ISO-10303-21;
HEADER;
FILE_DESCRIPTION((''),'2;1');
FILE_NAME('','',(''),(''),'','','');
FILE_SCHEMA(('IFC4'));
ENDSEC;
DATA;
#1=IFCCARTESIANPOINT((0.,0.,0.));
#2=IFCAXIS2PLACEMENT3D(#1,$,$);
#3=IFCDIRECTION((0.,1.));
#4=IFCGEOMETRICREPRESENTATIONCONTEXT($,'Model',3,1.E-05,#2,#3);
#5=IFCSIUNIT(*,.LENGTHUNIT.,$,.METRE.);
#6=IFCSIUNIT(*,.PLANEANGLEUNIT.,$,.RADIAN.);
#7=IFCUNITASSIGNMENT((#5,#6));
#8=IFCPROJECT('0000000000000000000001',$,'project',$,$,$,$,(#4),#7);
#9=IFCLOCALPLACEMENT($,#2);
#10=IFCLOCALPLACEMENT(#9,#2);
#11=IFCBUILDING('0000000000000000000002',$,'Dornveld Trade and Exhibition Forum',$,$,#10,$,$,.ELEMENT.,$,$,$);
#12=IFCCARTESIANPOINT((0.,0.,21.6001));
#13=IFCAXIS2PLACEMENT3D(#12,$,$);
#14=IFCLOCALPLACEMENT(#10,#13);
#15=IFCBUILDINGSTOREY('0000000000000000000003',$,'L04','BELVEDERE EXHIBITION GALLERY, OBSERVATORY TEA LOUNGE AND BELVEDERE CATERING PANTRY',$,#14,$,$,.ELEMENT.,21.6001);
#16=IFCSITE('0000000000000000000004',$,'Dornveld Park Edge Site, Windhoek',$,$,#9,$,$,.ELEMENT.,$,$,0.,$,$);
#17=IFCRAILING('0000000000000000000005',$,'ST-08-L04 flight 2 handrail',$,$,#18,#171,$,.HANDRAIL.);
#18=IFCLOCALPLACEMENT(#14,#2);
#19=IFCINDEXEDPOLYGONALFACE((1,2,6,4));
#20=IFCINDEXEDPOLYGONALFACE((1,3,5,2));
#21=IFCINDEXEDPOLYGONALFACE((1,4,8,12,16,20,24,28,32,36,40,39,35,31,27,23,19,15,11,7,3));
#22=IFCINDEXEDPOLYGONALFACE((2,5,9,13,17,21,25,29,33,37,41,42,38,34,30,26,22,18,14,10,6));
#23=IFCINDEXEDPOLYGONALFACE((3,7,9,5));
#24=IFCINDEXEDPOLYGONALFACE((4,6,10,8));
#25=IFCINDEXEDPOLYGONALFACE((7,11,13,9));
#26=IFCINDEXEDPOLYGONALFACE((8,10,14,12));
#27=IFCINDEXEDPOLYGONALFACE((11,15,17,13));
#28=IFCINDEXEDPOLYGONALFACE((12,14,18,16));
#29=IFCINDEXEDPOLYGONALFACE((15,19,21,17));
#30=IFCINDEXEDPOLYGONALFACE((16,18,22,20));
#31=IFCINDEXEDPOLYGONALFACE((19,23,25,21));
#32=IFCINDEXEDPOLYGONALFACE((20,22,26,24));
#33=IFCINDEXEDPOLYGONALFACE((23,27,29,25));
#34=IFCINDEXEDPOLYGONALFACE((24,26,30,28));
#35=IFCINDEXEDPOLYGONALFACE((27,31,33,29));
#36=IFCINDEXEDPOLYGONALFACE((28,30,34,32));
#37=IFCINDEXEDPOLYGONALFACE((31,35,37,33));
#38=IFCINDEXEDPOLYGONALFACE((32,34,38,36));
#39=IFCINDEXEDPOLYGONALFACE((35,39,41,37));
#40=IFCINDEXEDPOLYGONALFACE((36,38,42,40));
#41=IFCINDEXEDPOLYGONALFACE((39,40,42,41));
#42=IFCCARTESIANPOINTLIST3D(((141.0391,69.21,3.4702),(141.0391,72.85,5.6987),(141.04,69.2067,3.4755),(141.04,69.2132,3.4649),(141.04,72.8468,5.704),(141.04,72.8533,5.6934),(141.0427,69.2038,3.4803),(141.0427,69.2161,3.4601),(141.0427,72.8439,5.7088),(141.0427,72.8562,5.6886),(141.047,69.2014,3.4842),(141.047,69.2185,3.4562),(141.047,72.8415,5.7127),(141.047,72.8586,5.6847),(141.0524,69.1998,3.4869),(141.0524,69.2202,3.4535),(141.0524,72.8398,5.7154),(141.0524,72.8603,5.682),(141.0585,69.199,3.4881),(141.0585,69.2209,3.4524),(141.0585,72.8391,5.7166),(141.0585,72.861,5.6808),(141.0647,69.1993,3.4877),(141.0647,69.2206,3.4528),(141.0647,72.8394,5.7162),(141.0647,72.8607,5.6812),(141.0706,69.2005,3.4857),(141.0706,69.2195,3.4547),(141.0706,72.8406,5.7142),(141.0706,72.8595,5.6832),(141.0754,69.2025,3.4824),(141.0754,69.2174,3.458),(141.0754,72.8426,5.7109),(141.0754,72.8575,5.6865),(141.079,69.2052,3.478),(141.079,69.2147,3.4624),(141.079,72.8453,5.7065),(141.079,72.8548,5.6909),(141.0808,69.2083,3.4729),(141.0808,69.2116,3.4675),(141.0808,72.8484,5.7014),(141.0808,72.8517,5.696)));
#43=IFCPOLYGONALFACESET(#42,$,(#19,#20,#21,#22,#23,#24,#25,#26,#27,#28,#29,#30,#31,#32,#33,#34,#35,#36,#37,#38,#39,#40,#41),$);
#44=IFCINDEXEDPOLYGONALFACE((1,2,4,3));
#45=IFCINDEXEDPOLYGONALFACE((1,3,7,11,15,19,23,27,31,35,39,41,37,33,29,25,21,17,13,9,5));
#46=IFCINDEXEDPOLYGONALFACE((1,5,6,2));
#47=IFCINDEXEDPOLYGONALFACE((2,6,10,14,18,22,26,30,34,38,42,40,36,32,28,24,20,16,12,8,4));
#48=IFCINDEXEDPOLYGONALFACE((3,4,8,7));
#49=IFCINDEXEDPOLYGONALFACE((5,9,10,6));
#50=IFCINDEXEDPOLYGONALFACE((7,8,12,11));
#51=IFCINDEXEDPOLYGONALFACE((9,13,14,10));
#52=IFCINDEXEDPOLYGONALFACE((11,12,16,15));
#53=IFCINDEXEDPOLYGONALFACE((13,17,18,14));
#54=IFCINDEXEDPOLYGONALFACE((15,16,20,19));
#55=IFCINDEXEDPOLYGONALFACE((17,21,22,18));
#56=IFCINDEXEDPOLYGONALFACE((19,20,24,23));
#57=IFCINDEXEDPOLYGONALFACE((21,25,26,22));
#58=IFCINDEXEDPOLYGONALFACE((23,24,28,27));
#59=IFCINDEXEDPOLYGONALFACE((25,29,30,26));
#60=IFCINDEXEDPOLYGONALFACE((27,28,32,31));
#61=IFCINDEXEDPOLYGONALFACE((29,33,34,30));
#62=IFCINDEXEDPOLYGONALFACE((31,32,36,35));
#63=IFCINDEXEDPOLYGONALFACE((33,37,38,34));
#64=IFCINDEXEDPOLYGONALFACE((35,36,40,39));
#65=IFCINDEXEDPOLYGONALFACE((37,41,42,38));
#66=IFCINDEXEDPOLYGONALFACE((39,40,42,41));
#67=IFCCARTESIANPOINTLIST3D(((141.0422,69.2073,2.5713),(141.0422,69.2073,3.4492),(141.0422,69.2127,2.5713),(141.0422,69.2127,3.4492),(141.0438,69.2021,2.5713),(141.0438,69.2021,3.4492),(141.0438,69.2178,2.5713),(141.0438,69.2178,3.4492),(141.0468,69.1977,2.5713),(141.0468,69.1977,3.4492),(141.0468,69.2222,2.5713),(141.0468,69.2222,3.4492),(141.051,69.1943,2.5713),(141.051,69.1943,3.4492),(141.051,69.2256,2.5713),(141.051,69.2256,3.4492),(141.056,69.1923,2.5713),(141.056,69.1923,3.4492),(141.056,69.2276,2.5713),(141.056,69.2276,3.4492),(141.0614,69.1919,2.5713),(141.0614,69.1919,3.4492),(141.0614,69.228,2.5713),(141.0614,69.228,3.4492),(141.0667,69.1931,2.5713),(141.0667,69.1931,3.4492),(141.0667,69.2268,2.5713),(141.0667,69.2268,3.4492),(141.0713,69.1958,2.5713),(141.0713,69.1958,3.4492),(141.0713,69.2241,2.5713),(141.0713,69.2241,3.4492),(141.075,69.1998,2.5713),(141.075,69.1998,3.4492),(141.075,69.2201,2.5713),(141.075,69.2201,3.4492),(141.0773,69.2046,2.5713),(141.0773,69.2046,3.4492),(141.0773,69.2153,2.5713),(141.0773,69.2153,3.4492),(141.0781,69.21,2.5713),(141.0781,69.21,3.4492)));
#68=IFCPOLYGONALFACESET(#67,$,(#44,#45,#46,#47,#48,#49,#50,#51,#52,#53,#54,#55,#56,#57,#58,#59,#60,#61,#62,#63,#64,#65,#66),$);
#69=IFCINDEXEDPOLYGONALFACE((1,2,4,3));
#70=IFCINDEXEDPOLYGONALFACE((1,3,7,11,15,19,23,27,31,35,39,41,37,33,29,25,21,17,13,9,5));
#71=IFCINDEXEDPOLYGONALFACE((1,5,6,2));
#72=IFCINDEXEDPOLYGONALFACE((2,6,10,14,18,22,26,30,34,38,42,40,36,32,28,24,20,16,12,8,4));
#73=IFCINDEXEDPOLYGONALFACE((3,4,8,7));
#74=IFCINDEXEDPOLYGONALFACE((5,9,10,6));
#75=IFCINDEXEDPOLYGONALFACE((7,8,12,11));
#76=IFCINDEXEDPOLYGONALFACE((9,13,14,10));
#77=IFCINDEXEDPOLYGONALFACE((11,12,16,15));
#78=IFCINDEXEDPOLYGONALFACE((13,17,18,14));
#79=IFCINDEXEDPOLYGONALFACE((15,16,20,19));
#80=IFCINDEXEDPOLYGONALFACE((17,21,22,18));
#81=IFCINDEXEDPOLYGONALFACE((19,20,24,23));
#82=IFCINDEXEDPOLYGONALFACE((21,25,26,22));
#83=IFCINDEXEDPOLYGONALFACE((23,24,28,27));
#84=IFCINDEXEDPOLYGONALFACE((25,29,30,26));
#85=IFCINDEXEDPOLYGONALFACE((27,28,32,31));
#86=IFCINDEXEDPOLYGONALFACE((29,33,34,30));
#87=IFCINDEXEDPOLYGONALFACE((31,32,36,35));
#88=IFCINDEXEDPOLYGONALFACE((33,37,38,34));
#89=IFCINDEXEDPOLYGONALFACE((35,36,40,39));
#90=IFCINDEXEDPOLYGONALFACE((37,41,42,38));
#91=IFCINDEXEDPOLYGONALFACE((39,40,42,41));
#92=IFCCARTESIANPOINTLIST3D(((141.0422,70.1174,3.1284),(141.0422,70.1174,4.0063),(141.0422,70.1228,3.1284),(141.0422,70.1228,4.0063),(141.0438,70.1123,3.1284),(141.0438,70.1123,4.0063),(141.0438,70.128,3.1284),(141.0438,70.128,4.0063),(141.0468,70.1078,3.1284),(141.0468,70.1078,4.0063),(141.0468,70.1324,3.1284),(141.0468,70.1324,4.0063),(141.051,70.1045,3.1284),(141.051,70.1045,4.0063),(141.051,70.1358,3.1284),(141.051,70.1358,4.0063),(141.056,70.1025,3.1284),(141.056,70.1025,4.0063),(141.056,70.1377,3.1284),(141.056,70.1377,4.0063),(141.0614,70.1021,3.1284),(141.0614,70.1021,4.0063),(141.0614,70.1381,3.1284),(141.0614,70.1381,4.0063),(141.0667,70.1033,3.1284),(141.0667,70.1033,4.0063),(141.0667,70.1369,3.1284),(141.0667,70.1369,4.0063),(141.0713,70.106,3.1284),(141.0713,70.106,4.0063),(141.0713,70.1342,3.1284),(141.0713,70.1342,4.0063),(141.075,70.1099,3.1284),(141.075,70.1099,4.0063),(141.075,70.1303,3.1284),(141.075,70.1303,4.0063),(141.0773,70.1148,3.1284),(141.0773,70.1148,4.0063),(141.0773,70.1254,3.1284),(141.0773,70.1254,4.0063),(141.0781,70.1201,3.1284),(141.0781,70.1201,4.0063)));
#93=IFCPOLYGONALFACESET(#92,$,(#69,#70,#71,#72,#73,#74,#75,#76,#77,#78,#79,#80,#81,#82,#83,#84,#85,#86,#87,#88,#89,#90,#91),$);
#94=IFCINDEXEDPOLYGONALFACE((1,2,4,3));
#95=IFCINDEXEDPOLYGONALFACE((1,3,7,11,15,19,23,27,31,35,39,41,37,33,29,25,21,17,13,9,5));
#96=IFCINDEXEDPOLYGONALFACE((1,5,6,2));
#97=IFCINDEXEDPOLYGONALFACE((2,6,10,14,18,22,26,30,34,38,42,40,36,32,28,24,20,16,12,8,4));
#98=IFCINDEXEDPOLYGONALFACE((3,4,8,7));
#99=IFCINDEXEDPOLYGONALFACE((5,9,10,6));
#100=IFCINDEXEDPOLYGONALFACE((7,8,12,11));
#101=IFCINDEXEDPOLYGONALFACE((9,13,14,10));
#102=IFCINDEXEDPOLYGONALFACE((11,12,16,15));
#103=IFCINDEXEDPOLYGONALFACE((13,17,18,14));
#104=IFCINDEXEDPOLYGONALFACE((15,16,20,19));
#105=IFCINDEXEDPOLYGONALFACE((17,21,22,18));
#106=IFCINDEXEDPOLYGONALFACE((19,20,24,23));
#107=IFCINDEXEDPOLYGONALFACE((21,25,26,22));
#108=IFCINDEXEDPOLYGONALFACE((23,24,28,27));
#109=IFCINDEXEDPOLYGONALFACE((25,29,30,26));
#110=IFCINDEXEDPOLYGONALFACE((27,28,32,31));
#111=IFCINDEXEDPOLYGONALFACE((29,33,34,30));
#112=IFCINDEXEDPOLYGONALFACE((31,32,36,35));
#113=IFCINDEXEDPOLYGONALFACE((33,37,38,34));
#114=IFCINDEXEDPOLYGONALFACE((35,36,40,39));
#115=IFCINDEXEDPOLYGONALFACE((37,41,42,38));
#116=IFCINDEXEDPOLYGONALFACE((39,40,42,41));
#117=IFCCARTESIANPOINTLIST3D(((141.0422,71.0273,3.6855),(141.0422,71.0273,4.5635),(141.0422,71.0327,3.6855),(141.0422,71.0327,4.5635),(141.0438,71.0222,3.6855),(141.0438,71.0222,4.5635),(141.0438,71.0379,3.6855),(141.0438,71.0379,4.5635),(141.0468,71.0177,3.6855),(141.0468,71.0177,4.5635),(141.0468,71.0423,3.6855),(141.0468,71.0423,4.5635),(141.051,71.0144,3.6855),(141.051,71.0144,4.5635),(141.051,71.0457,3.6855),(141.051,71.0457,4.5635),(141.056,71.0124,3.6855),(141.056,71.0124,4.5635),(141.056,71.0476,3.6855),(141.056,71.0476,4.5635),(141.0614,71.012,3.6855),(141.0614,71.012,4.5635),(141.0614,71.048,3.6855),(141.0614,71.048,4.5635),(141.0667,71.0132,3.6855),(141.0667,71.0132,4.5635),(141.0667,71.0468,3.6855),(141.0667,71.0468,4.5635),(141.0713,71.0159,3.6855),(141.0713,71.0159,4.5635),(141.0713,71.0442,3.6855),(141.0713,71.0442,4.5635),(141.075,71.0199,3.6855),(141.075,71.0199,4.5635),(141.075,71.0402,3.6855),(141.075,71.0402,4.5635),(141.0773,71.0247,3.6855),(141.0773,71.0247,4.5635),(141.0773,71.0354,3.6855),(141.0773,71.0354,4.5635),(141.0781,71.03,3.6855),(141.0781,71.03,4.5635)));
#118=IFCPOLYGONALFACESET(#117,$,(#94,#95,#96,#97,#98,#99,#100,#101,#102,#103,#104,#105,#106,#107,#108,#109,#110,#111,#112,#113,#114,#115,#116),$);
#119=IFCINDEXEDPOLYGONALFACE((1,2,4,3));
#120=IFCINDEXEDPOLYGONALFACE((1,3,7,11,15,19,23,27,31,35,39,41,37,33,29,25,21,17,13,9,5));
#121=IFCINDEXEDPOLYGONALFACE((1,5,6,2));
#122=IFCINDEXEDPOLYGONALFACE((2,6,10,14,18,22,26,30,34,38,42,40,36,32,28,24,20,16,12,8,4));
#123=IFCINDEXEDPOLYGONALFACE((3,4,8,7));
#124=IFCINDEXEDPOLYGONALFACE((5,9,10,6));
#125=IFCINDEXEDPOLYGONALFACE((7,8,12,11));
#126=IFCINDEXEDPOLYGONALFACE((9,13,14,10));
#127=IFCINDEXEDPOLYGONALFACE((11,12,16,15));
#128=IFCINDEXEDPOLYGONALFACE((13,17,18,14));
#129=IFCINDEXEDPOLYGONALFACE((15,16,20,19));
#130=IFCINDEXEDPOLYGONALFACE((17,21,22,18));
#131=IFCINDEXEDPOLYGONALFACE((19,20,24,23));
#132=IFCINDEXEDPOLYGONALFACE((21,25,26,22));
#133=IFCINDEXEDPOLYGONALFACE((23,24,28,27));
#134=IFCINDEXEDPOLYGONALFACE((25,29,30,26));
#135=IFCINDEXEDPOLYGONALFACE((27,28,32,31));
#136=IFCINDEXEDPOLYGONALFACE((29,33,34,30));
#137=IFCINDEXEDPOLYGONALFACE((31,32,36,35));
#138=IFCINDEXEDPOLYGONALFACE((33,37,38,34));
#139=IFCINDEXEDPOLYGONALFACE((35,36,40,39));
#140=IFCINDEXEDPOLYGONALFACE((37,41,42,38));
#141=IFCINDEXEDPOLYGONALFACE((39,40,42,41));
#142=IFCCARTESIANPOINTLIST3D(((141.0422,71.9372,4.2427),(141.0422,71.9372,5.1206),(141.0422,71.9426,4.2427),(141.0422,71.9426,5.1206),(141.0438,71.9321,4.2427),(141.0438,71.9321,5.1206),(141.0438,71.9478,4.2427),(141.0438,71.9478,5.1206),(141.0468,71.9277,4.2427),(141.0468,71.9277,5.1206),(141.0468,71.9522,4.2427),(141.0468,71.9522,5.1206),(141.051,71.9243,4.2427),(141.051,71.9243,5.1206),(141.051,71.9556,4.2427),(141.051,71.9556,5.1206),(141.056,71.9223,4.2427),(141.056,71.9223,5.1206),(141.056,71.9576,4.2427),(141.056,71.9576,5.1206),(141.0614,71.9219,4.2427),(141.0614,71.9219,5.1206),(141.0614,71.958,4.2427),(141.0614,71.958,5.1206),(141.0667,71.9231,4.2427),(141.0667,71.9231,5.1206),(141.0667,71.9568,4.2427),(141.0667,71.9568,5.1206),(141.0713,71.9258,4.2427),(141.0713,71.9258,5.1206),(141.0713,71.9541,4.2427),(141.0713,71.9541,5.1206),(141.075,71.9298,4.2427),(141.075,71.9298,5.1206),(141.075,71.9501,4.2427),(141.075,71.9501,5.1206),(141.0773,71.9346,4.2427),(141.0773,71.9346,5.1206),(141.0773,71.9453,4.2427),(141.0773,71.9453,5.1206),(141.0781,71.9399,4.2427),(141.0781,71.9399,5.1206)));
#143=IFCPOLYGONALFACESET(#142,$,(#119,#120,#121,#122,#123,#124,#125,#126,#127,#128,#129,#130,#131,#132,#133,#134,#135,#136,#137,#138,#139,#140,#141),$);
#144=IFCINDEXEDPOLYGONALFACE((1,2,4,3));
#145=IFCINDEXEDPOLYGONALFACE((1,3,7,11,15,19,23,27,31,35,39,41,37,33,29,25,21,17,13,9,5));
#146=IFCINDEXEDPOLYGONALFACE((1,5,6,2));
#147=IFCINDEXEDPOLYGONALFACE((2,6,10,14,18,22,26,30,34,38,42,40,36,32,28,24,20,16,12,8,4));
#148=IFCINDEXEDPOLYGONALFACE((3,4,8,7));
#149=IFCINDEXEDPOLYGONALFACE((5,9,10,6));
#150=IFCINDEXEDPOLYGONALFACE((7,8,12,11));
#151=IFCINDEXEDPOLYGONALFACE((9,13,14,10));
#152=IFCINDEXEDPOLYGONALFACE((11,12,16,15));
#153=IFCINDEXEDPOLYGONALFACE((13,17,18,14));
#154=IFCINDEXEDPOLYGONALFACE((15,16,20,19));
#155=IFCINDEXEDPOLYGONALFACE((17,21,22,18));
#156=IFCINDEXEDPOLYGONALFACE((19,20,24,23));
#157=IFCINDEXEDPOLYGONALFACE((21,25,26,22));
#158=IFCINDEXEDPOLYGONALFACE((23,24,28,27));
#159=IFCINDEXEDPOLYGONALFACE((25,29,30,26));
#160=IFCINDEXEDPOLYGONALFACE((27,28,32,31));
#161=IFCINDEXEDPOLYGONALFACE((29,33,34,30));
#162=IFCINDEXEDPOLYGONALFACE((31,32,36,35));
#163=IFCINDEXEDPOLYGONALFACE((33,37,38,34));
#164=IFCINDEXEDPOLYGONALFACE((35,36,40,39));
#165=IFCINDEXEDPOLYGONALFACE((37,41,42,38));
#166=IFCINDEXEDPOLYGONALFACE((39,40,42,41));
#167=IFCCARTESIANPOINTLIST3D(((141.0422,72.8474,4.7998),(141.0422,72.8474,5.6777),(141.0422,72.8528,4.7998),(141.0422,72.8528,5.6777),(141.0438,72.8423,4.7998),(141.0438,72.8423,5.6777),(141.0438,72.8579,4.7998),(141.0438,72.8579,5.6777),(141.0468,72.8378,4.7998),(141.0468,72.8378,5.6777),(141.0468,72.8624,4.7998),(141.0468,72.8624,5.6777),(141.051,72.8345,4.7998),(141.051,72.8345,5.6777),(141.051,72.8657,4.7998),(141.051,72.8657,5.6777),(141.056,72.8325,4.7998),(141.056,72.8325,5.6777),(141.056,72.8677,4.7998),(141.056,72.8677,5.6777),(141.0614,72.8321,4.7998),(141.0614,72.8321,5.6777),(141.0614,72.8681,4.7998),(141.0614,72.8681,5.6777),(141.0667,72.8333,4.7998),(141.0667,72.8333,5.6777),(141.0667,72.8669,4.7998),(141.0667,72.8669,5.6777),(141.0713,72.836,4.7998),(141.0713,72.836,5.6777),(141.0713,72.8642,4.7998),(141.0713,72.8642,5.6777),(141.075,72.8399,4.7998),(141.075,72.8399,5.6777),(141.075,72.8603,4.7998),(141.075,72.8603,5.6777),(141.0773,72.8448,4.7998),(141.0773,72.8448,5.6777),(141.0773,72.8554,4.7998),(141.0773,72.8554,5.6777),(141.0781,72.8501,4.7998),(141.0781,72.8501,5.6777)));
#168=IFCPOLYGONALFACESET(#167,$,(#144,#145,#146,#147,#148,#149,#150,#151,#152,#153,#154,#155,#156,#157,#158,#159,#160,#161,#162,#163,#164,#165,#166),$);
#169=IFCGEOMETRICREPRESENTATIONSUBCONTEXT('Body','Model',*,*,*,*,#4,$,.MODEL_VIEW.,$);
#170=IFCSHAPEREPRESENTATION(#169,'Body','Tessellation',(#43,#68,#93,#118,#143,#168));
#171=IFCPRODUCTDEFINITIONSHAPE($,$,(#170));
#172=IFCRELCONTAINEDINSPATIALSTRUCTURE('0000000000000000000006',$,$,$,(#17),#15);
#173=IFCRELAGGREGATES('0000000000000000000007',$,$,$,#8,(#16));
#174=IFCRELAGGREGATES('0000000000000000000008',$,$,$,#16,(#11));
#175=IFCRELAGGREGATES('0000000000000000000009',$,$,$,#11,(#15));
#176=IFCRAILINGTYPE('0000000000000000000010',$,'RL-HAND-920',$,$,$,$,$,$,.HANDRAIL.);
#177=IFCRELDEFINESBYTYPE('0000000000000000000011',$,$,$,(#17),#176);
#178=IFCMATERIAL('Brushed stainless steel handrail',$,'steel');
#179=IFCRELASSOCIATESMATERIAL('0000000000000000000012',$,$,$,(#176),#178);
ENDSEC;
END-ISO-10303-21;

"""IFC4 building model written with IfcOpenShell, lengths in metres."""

from ifc_helpers import new_model, si_unit, direction, frame, origin, origin_2d, place, context, subcontext, project, spatial, circle, extrude, material, type_object, element, save


model = new_model("IFC4")

# Units and contexts
model_context = context("Model", 3, precision=1e-05, world=origin(), true_north=direction((0.0, 1.0)))
body_context = subcontext(model_context, "Body", "Model", "MODEL_VIEW")
ifc_project = project(units=[si_unit("LENGTHUNIT", "METRE"), si_unit("PLANEANGLEUNIT", "RADIAN")], contexts=[model_context])

# Site, building, storey
site_placement = place(None, origin())
site = spatial("IfcSite", under=ifc_project, at=site_placement, Name="Dornveld Park Edge Site, Windhoek", CompositionType="ELEMENT", RefElevation=0.0)
building_placement = place(site_placement, origin())
building = spatial("IfcBuilding", under=site, at=building_placement, Name="Dornveld Trade and Exhibition Forum", CompositionType="ELEMENT")
storey_placement = place(building_placement, frame((0.0, 0.0, 21.6001)))
storey = spatial("IfcBuildingStorey", under=building, at=storey_placement, Name="L04", Description="BELVEDERE EXHIBITION GALLERY, OBSERVATORY TEA LOUNGE AND BELVEDERE CATERING PANTRY", CompositionType="ELEMENT", Elevation=21.6001)

# Railing
ifc_material_1 = material(Name="Brushed stainless steel handrail", Category="steel")
railing_type_1 = type_object("IfcRailingType", Name="RL-HAND-920", PredefinedType="HANDRAIL", material=ifc_material_1)
railing_1_placement = place(storey_placement, frame((141.0601, 69.21, 2.5713)))
element("IfcRailing", 1, at=railing_1_placement, inside=storey, type_object=railing_type_1, Name="ST-08-L04 flight 2 handrail", PredefinedType="HANDRAIL", context=body_context, shape_type="SweptSolid", body=[
    extrude(circle(Radius=0.021, at=origin_2d()), frame((0.0, 0.0, 0.8989), z_axis=(0.0, 0.852866, 0.52213), x_axis=(-1.0, 0.0, 0.0)), (0.0, 0.0, 1.0), 4.2681),
    extrude(circle(Radius=0.0181, at=origin_2d()), origin(), (0.0, 0.0, 1.0), 0.8779),
    extrude(circle(Radius=0.0181, at=origin_2d()), frame((0.0, 0.9102, 0.5571)), (0.0, 0.0, 1.0), 0.8779),
    extrude(circle(Radius=0.0181, at=origin_2d()), frame((0.0, 1.8201, 1.1143)), (0.0, 0.0, 1.0), 0.8779),
    extrude(circle(Radius=0.0181, at=origin_2d()), frame((0.0, 2.73, 1.6714)), (0.0, 0.0, 1.0), 0.8779),
    extrude(circle(Radius=0.0181, at=origin_2d()), frame((0.0, 3.6401, 2.2285)), (0.0, 0.0, 1.0), 0.8779),
])

save(model, "model.ifc")
